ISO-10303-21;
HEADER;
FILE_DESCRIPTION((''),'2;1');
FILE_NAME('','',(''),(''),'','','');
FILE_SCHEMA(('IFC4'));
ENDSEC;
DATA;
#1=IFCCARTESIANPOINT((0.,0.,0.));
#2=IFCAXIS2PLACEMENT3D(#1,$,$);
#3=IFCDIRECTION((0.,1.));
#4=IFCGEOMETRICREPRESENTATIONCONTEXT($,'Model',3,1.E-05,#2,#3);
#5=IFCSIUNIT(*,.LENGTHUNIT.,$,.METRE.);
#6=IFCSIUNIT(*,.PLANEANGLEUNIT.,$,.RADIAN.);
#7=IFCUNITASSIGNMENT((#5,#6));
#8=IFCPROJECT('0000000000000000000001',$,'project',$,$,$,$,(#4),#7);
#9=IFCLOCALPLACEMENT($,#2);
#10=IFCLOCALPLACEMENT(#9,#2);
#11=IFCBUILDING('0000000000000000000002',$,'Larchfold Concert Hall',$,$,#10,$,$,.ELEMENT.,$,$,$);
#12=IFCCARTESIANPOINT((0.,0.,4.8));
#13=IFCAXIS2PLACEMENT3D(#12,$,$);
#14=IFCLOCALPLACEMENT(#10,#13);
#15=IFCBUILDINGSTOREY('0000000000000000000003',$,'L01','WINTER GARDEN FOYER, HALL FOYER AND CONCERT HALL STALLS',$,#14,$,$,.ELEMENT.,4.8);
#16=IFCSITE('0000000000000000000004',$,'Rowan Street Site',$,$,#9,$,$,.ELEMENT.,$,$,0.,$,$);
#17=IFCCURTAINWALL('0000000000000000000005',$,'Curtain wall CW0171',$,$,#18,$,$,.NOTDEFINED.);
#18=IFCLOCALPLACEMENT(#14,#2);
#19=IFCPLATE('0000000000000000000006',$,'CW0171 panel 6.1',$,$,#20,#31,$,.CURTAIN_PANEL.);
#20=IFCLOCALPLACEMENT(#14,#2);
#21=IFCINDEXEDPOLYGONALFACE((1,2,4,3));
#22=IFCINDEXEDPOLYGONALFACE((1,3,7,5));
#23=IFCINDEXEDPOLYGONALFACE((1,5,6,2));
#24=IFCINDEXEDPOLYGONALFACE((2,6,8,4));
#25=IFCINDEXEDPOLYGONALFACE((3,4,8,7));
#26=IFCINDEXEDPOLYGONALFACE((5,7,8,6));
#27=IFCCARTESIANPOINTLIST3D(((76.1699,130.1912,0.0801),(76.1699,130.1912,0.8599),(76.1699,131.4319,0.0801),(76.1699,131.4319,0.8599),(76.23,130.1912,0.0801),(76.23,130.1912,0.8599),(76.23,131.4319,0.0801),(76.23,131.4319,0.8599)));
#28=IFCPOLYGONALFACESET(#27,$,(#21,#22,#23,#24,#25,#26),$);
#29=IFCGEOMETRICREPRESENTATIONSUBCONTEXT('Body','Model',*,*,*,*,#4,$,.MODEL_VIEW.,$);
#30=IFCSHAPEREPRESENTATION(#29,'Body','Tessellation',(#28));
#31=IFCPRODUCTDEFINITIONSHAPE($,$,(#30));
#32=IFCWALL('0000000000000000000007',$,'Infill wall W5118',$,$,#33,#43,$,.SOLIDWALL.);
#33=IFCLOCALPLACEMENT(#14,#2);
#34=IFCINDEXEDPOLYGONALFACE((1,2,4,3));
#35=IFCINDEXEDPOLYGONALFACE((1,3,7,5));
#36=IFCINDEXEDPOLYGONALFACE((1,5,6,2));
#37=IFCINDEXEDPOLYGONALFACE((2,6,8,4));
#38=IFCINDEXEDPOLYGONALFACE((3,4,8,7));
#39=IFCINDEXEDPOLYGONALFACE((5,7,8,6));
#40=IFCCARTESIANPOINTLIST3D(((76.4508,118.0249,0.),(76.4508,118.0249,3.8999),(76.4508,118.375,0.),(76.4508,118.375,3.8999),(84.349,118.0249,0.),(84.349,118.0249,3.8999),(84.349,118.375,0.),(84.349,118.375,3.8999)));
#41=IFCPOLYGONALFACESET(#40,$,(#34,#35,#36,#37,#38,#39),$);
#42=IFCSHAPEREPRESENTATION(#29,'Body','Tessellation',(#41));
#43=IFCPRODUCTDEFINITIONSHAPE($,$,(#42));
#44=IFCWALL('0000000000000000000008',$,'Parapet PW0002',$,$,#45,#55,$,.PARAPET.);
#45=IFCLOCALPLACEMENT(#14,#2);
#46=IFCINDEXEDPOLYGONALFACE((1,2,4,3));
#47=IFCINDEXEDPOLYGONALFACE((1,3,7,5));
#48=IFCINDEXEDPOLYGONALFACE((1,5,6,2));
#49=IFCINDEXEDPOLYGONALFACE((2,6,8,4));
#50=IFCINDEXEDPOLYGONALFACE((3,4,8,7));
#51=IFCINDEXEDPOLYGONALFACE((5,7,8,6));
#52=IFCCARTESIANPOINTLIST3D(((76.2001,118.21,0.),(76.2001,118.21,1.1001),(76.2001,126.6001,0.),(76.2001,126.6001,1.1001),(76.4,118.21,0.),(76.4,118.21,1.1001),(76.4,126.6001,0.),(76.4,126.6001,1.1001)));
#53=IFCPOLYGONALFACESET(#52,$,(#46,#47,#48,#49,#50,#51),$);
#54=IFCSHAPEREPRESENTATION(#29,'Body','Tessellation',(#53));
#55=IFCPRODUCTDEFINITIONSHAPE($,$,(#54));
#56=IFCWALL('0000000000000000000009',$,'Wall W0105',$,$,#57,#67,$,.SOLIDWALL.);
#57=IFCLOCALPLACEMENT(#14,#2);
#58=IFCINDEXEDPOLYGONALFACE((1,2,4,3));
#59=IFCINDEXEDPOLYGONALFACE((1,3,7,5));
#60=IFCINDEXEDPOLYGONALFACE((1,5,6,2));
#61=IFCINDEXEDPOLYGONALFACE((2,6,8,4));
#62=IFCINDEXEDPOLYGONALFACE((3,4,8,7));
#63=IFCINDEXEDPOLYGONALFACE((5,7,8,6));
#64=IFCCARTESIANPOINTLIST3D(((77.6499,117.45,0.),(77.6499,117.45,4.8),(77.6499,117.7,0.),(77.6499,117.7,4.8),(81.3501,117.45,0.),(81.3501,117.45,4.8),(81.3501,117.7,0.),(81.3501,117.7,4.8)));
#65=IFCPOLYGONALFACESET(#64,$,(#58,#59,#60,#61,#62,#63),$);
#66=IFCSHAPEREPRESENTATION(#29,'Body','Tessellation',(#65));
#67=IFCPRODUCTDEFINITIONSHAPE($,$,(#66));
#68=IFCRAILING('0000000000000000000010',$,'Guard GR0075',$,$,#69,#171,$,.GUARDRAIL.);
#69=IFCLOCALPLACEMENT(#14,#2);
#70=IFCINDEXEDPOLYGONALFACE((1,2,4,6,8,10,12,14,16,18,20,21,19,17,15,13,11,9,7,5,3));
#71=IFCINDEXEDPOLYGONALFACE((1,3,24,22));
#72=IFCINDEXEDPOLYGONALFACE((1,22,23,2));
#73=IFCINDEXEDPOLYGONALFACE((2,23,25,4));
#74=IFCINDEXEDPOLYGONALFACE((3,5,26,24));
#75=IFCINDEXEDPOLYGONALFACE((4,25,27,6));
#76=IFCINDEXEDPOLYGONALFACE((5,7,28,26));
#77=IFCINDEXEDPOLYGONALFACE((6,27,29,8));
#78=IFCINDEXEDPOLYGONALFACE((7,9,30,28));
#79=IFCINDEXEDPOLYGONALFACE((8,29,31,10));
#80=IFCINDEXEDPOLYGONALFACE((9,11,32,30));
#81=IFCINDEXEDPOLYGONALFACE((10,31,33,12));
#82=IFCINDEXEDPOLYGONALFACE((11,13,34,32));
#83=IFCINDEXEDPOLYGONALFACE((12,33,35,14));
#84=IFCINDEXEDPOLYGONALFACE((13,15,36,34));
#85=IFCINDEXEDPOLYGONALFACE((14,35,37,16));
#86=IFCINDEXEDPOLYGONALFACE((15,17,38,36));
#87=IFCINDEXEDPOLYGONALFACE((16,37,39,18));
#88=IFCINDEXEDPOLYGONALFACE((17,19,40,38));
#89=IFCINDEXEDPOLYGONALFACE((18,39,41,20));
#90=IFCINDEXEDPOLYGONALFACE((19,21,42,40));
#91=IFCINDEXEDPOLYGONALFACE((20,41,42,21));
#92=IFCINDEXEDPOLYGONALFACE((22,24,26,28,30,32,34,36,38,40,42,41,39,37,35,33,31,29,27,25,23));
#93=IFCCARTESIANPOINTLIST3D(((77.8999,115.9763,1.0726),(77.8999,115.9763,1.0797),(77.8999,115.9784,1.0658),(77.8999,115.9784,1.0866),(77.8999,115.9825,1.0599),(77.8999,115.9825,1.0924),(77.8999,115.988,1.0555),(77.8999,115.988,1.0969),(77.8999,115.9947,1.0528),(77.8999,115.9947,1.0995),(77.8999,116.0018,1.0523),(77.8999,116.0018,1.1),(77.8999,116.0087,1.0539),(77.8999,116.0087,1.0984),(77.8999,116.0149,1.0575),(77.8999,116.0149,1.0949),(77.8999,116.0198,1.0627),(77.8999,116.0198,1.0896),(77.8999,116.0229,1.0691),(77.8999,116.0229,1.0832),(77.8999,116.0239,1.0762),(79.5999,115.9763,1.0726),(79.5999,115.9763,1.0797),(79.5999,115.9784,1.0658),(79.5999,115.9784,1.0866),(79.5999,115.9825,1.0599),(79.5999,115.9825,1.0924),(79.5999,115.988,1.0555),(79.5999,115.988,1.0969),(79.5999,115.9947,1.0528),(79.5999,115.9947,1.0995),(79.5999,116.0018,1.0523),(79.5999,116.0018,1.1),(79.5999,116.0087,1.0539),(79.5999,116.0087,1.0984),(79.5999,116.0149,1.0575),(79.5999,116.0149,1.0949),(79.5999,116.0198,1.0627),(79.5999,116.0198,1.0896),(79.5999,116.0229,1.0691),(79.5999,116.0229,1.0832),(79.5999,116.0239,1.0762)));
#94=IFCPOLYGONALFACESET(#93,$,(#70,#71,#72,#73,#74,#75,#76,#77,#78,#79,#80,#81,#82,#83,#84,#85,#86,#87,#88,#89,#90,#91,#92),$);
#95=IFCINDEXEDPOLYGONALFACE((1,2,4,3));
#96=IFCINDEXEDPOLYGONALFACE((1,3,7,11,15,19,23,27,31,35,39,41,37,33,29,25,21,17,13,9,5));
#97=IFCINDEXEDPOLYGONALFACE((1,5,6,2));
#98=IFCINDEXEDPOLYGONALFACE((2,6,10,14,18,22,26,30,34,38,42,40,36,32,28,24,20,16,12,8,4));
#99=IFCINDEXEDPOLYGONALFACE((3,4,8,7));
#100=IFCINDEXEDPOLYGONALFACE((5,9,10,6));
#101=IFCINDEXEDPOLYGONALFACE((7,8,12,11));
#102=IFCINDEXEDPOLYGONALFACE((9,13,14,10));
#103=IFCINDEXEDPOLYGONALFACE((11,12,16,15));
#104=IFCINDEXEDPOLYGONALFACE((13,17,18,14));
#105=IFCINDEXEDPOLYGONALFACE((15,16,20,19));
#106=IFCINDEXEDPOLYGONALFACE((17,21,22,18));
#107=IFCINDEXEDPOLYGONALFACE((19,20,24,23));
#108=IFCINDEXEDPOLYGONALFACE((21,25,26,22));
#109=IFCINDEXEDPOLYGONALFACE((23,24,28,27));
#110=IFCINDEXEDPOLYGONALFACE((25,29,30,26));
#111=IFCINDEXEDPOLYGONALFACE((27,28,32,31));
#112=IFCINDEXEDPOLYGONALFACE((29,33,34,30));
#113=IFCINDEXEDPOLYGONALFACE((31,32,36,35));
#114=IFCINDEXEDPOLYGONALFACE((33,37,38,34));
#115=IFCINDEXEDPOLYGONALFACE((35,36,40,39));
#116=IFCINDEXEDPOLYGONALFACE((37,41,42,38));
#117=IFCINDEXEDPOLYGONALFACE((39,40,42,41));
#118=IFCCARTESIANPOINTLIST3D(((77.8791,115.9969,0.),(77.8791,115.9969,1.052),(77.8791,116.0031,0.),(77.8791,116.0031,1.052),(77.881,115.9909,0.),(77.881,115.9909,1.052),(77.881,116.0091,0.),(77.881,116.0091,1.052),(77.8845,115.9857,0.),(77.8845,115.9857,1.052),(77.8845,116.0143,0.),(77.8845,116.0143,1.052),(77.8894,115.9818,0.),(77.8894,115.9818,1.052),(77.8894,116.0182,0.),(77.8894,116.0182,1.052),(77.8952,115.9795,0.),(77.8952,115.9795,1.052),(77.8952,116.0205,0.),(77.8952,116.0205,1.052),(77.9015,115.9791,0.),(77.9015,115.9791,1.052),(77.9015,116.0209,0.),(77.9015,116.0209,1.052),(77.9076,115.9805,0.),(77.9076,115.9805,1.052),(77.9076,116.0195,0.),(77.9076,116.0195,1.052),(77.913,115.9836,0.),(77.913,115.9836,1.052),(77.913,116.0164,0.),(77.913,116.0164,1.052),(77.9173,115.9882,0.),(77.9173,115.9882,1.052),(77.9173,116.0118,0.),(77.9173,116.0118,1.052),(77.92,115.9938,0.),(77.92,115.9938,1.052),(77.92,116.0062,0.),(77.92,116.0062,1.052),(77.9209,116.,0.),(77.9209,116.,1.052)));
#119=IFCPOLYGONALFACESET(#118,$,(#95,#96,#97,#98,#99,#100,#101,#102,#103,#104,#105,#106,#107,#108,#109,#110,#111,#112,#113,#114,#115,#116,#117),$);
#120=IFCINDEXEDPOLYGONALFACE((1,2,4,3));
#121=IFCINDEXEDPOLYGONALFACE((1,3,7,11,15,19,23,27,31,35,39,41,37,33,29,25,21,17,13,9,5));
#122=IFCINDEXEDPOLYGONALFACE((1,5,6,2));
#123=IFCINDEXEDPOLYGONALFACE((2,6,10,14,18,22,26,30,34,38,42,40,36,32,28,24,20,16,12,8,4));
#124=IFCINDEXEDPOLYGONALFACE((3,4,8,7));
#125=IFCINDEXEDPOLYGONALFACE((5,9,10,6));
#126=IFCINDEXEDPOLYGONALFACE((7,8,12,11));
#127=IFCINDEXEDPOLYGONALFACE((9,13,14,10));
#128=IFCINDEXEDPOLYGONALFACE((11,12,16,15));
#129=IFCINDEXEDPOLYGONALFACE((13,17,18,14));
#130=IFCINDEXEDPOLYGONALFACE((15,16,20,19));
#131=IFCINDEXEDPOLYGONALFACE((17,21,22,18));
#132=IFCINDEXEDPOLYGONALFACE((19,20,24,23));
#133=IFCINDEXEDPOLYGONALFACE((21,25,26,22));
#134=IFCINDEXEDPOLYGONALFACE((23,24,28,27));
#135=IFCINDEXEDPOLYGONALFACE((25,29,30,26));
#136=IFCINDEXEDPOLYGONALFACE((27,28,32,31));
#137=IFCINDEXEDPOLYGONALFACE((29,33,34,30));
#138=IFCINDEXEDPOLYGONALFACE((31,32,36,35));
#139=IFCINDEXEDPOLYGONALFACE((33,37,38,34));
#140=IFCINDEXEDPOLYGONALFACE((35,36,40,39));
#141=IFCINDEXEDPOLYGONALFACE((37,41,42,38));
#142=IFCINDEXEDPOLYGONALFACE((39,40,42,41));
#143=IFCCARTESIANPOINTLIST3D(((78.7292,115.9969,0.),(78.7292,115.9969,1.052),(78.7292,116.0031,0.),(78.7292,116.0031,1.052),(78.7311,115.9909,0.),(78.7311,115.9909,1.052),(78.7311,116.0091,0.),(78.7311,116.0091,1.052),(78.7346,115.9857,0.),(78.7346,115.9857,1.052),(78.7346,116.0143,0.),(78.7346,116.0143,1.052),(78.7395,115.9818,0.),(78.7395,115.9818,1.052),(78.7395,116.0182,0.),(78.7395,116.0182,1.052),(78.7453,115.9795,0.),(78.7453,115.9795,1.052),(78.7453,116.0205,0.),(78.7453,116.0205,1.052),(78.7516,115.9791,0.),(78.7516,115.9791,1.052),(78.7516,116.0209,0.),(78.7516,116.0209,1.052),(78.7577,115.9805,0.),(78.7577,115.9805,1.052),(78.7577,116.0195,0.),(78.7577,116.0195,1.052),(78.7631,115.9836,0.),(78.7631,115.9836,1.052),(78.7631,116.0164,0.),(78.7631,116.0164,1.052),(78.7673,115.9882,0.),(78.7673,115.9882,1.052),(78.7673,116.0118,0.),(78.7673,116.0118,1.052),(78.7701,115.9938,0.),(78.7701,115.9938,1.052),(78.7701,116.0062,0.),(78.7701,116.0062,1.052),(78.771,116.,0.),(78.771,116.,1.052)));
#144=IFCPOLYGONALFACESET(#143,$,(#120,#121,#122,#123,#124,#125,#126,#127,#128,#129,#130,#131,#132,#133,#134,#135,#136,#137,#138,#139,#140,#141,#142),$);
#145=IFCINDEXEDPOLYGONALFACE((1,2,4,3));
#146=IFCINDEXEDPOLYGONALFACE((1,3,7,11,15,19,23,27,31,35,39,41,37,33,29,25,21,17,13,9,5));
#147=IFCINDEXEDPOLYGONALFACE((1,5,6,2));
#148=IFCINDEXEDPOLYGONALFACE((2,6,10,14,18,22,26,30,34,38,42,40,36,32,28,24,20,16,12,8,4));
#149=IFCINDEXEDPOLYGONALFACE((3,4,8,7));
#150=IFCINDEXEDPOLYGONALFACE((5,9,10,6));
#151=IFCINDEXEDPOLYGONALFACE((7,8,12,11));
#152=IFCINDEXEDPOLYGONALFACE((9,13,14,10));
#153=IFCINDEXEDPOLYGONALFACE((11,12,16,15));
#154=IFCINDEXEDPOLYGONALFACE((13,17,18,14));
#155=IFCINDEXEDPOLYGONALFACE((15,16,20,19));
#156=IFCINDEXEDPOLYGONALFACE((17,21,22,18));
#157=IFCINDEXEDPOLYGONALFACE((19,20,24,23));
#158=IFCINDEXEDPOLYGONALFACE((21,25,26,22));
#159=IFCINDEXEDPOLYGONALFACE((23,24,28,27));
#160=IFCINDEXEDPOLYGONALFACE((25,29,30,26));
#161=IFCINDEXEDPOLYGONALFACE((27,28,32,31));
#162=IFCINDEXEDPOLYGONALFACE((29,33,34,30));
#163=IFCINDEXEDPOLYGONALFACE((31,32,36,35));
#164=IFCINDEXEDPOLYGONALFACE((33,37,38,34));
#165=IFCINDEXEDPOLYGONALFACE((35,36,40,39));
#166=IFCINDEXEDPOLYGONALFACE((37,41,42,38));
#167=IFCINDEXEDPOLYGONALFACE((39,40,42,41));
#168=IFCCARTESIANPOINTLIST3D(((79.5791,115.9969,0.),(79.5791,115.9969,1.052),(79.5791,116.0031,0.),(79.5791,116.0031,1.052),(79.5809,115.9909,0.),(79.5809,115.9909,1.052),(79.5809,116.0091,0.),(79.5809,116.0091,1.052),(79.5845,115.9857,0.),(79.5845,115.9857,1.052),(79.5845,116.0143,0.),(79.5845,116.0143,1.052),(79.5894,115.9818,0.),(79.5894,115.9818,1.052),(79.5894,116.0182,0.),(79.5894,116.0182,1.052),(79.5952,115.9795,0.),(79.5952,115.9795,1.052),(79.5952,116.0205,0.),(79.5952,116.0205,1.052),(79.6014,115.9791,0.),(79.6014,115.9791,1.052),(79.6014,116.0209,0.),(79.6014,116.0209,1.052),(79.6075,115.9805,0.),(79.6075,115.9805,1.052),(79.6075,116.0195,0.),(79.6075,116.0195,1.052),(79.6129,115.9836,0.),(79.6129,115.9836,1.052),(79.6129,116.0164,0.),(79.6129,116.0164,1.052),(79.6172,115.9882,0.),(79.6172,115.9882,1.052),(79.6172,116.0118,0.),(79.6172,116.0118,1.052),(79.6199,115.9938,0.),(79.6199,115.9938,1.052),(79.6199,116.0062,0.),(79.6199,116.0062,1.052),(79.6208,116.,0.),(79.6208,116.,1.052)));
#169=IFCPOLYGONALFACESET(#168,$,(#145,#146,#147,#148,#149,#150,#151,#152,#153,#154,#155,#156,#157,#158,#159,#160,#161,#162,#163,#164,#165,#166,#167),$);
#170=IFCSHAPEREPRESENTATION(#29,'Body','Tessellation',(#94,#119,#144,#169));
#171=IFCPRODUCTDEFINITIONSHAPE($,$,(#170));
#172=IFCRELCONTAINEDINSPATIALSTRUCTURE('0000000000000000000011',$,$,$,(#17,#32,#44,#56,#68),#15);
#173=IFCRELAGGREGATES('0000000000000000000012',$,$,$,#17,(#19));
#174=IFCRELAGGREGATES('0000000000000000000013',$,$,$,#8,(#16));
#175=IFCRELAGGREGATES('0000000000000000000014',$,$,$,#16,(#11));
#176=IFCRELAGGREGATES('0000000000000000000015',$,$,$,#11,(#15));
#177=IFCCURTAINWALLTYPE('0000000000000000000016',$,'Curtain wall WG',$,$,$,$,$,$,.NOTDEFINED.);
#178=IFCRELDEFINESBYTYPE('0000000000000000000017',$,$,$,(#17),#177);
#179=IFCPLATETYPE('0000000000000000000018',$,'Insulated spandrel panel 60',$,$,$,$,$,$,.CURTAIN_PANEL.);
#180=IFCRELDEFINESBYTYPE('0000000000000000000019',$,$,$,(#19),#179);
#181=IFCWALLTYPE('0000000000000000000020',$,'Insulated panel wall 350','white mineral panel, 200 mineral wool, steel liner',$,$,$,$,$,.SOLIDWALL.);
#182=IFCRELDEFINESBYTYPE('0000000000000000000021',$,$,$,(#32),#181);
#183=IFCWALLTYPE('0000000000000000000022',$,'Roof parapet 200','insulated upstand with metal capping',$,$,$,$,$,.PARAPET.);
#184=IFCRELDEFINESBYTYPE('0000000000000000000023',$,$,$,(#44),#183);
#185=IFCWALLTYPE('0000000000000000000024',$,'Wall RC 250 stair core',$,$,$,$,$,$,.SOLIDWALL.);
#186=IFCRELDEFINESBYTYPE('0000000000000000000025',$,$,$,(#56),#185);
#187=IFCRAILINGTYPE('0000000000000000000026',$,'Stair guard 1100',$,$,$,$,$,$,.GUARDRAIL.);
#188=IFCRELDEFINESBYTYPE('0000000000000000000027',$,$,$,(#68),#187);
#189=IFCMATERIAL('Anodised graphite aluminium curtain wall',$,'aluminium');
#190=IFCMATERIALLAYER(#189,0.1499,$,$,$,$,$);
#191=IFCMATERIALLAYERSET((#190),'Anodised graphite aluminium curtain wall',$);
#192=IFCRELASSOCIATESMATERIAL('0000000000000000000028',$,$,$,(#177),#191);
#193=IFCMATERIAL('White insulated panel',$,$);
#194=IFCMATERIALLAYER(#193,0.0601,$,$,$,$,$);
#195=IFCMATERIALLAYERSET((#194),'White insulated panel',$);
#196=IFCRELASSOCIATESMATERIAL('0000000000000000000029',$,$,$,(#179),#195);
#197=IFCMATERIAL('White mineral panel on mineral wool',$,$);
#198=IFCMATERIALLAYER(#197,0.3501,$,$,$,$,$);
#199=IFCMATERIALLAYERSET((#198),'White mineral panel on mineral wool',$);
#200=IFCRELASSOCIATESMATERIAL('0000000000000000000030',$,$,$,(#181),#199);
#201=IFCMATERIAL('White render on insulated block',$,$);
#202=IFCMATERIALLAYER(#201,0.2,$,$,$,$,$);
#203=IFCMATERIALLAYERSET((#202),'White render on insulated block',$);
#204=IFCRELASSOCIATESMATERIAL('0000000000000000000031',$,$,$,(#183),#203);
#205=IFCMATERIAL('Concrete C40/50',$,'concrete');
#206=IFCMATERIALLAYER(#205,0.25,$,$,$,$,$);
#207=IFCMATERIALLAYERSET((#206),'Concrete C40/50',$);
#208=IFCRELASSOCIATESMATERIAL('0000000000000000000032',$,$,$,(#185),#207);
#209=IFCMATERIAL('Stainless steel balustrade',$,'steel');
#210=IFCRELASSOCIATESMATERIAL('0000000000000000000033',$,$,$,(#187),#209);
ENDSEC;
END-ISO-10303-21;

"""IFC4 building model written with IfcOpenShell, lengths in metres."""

from ifc_helpers import new_model, si_unit, direction, frame, frame_2d, origin, origin_2d, place, context, subcontext, project, spatial, rectangle, circle, extrude, material, layer, layer_set, type_object, element, aggregate, save


model = new_model("IFC4")

# Units and contexts
model_context = context("Model", 3, precision=1e-05, world=origin(), true_north=direction((0.0, 1.0)))
body_context = subcontext(model_context, "Body", "Model", "MODEL_VIEW")
ifc_project = project(units=[si_unit("LENGTHUNIT", "METRE"), si_unit("PLANEANGLEUNIT", "RADIAN")], contexts=[model_context])

# Site, building, storey
site_placement = place(None, origin())
site = spatial("IfcSite", under=ifc_project, at=site_placement, Name="Rowan Street Site", CompositionType="ELEMENT", RefElevation=0.0)
building_placement = place(site_placement, origin())
building = spatial("IfcBuilding", under=site, at=building_placement, Name="Larchfold Concert Hall", CompositionType="ELEMENT")
storey_placement = place(building_placement, frame((0.0, 0.0, 4.8)))
storey = spatial("IfcBuildingStorey", under=building, at=storey_placement, Name="L01", Description="WINTER GARDEN FOYER, HALL FOYER AND CONCERT HALL STALLS", CompositionType="ELEMENT", Elevation=4.8)

# Curtain wall
ifc_material_1 = material(Name="Anodised graphite aluminium curtain wall", Category="aluminium")
ifc_layer_1 = layer(ifc_material_1, 0.1499)
ifc_layer_set_1 = layer_set([ifc_layer_1], Name="Anodised graphite aluminium curtain wall")
curtain_wall_type = type_object("IfcCurtainWallType", Name="Curtain wall WG", PredefinedType="NOTDEFINED", material=ifc_layer_set_1)
curtain_wall_placement = place(storey_placement, origin())
curtain_wall = element("IfcCurtainWall", 1, at=curtain_wall_placement, inside=storey, type_object=curtain_wall_type, Name="Curtain wall CW0171", PredefinedType="NOTDEFINED")

# Plate
ifc_material_2 = material(Name="White insulated panel")
ifc_layer_2 = layer(ifc_material_2, 0.0601)
ifc_layer_set_2 = layer_set([ifc_layer_2], Name="White insulated panel")
plate_type_1 = type_object("IfcPlateType", Name="Insulated spandrel panel 60", PredefinedType="CURTAIN_PANEL", material=ifc_layer_set_2)
plate_1_placement = place(storey_placement, frame((76.2, 130.8115, 0.0801), z_axis=(0.0, 0.0, 1.0), x_axis=(0.0, 1.0, 0.0)))
plate_1 = element("IfcPlate", 2, at=plate_1_placement, type_object=plate_type_1, Name="CW0171 panel 6.1", PredefinedType="CURTAIN_PANEL", context=body_context, shape_type="SweptSolid", body=[
    extrude(rectangle(XDim=1.2407, YDim=0.0601, at=origin_2d()), origin(), (0.0, 0.0, 1.0), 0.7798),
])
aggregate(curtain_wall, [plate_1])

# Walls
ifc_material_3 = material(Name="White mineral panel on mineral wool")
ifc_layer_3 = layer(ifc_material_3, 0.3501)
ifc_layer_set_3 = layer_set([ifc_layer_3], Name="White mineral panel on mineral wool")
wall_type_1 = type_object("IfcWallType", Name="Insulated panel wall 350", Description="white mineral panel, 200 mineral wool, steel liner", PredefinedType="SOLIDWALL", material=ifc_layer_set_3)
wall_1_placement = place(storey_placement, frame((84.3491, 118.2, 0.0), z_axis=(0.0, 0.0, 1.0), x_axis=(-1.0, 0.0, 0.0)))
element("IfcWall", 3, at=wall_1_placement, inside=storey, type_object=wall_type_1, Name="Infill wall W5118", PredefinedType="SOLIDWALL", context=body_context, shape_type="SweptSolid", body=[
    extrude(rectangle(XDim=7.8982, YDim=0.3501, at=frame_2d((3.9492, 0.0))), origin(), (0.0, 0.0, 1.0), 3.8999),
])
ifc_material_4 = material(Name="White render on insulated block")
ifc_layer_4 = layer(ifc_material_4, 0.2)
ifc_layer_set_4 = layer_set([ifc_layer_4], Name="White render on insulated block")
wall_type_2 = type_object("IfcWallType", Name="Roof parapet 200", Description="insulated upstand with metal capping", PredefinedType="PARAPET", material=ifc_layer_set_4)
wall_2_placement = place(storey_placement, frame((76.3, 126.6001, 0.0), z_axis=(0.0, 0.0, 1.0), x_axis=(0.0, -1.0, 0.0)))
element("IfcWall", 4, at=wall_2_placement, inside=storey, type_object=wall_type_2, Name="Parapet PW0002", PredefinedType="PARAPET", context=body_context, shape_type="SweptSolid", body=[
    extrude(rectangle(XDim=8.3901, YDim=0.2, at=frame_2d((4.1951, 0.0))), origin(), (0.0, 0.0, 1.0), 1.1001),
])
ifc_material_5 = material(Name="Concrete C40/50", Category="concrete")
ifc_layer_5 = layer(ifc_material_5, 0.25)
ifc_layer_set_5 = layer_set([ifc_layer_5], Name="Concrete C40/50")
wall_type_3 = type_object("IfcWallType", Name="Wall RC 250 stair core", PredefinedType="SOLIDWALL", material=ifc_layer_set_5)
wall_3_placement = place(storey_placement, frame((77.6499, 117.575, 0.0), z_axis=(0.0, 0.0, 1.0), x_axis=(1.0, 0.0, 0.0)))
element("IfcWall", 5, at=wall_3_placement, inside=storey, type_object=wall_type_3, Name="Wall W0105", PredefinedType="SOLIDWALL", context=body_context, shape_type="SweptSolid", body=[
    extrude(rectangle(XDim=3.7002, YDim=0.25, at=frame_2d((1.8501, 0.0))), origin(), (0.0, 0.0, 1.0), 4.8),
])

# Railing
ifc_material_6 = material(Name="Stainless steel balustrade", Category="steel")
railing_type = type_object("IfcRailingType", Name="Stair guard 1100", PredefinedType="GUARDRAIL", material=ifc_material_6)
railing_placement = place(storey_placement, frame((77.8999, 116.0, 0.0)))
element("IfcRailing", 6, at=railing_placement, inside=storey, type_object=railing_type, Name="Guard GR0075", PredefinedType="GUARDRAIL", context=body_context, shape_type="SweptSolid", body=[
    extrude(circle(Radius=0.0239, at=origin_2d()), frame((0.0, 0.0, 1.0762), z_axis=(1.0, 0.0, 0.0), x_axis=(0.0, 1.0, 0.0)), (0.0, 0.0, 1.0), 1.7),
    extrude(circle(Radius=0.021, at=origin_2d()), origin(), (0.0, 0.0, 1.0), 1.052),
    extrude(circle(Radius=0.021, at=origin_2d()), frame((0.8501, 0.0, 0.0)), (0.0, 0.0, 1.0), 1.052),
    extrude(circle(Radius=0.021, at=origin_2d()), frame((1.7, 0.0, 0.0)), (0.0, 0.0, 1.0), 1.052),
])

save(model, "model.ifc")
